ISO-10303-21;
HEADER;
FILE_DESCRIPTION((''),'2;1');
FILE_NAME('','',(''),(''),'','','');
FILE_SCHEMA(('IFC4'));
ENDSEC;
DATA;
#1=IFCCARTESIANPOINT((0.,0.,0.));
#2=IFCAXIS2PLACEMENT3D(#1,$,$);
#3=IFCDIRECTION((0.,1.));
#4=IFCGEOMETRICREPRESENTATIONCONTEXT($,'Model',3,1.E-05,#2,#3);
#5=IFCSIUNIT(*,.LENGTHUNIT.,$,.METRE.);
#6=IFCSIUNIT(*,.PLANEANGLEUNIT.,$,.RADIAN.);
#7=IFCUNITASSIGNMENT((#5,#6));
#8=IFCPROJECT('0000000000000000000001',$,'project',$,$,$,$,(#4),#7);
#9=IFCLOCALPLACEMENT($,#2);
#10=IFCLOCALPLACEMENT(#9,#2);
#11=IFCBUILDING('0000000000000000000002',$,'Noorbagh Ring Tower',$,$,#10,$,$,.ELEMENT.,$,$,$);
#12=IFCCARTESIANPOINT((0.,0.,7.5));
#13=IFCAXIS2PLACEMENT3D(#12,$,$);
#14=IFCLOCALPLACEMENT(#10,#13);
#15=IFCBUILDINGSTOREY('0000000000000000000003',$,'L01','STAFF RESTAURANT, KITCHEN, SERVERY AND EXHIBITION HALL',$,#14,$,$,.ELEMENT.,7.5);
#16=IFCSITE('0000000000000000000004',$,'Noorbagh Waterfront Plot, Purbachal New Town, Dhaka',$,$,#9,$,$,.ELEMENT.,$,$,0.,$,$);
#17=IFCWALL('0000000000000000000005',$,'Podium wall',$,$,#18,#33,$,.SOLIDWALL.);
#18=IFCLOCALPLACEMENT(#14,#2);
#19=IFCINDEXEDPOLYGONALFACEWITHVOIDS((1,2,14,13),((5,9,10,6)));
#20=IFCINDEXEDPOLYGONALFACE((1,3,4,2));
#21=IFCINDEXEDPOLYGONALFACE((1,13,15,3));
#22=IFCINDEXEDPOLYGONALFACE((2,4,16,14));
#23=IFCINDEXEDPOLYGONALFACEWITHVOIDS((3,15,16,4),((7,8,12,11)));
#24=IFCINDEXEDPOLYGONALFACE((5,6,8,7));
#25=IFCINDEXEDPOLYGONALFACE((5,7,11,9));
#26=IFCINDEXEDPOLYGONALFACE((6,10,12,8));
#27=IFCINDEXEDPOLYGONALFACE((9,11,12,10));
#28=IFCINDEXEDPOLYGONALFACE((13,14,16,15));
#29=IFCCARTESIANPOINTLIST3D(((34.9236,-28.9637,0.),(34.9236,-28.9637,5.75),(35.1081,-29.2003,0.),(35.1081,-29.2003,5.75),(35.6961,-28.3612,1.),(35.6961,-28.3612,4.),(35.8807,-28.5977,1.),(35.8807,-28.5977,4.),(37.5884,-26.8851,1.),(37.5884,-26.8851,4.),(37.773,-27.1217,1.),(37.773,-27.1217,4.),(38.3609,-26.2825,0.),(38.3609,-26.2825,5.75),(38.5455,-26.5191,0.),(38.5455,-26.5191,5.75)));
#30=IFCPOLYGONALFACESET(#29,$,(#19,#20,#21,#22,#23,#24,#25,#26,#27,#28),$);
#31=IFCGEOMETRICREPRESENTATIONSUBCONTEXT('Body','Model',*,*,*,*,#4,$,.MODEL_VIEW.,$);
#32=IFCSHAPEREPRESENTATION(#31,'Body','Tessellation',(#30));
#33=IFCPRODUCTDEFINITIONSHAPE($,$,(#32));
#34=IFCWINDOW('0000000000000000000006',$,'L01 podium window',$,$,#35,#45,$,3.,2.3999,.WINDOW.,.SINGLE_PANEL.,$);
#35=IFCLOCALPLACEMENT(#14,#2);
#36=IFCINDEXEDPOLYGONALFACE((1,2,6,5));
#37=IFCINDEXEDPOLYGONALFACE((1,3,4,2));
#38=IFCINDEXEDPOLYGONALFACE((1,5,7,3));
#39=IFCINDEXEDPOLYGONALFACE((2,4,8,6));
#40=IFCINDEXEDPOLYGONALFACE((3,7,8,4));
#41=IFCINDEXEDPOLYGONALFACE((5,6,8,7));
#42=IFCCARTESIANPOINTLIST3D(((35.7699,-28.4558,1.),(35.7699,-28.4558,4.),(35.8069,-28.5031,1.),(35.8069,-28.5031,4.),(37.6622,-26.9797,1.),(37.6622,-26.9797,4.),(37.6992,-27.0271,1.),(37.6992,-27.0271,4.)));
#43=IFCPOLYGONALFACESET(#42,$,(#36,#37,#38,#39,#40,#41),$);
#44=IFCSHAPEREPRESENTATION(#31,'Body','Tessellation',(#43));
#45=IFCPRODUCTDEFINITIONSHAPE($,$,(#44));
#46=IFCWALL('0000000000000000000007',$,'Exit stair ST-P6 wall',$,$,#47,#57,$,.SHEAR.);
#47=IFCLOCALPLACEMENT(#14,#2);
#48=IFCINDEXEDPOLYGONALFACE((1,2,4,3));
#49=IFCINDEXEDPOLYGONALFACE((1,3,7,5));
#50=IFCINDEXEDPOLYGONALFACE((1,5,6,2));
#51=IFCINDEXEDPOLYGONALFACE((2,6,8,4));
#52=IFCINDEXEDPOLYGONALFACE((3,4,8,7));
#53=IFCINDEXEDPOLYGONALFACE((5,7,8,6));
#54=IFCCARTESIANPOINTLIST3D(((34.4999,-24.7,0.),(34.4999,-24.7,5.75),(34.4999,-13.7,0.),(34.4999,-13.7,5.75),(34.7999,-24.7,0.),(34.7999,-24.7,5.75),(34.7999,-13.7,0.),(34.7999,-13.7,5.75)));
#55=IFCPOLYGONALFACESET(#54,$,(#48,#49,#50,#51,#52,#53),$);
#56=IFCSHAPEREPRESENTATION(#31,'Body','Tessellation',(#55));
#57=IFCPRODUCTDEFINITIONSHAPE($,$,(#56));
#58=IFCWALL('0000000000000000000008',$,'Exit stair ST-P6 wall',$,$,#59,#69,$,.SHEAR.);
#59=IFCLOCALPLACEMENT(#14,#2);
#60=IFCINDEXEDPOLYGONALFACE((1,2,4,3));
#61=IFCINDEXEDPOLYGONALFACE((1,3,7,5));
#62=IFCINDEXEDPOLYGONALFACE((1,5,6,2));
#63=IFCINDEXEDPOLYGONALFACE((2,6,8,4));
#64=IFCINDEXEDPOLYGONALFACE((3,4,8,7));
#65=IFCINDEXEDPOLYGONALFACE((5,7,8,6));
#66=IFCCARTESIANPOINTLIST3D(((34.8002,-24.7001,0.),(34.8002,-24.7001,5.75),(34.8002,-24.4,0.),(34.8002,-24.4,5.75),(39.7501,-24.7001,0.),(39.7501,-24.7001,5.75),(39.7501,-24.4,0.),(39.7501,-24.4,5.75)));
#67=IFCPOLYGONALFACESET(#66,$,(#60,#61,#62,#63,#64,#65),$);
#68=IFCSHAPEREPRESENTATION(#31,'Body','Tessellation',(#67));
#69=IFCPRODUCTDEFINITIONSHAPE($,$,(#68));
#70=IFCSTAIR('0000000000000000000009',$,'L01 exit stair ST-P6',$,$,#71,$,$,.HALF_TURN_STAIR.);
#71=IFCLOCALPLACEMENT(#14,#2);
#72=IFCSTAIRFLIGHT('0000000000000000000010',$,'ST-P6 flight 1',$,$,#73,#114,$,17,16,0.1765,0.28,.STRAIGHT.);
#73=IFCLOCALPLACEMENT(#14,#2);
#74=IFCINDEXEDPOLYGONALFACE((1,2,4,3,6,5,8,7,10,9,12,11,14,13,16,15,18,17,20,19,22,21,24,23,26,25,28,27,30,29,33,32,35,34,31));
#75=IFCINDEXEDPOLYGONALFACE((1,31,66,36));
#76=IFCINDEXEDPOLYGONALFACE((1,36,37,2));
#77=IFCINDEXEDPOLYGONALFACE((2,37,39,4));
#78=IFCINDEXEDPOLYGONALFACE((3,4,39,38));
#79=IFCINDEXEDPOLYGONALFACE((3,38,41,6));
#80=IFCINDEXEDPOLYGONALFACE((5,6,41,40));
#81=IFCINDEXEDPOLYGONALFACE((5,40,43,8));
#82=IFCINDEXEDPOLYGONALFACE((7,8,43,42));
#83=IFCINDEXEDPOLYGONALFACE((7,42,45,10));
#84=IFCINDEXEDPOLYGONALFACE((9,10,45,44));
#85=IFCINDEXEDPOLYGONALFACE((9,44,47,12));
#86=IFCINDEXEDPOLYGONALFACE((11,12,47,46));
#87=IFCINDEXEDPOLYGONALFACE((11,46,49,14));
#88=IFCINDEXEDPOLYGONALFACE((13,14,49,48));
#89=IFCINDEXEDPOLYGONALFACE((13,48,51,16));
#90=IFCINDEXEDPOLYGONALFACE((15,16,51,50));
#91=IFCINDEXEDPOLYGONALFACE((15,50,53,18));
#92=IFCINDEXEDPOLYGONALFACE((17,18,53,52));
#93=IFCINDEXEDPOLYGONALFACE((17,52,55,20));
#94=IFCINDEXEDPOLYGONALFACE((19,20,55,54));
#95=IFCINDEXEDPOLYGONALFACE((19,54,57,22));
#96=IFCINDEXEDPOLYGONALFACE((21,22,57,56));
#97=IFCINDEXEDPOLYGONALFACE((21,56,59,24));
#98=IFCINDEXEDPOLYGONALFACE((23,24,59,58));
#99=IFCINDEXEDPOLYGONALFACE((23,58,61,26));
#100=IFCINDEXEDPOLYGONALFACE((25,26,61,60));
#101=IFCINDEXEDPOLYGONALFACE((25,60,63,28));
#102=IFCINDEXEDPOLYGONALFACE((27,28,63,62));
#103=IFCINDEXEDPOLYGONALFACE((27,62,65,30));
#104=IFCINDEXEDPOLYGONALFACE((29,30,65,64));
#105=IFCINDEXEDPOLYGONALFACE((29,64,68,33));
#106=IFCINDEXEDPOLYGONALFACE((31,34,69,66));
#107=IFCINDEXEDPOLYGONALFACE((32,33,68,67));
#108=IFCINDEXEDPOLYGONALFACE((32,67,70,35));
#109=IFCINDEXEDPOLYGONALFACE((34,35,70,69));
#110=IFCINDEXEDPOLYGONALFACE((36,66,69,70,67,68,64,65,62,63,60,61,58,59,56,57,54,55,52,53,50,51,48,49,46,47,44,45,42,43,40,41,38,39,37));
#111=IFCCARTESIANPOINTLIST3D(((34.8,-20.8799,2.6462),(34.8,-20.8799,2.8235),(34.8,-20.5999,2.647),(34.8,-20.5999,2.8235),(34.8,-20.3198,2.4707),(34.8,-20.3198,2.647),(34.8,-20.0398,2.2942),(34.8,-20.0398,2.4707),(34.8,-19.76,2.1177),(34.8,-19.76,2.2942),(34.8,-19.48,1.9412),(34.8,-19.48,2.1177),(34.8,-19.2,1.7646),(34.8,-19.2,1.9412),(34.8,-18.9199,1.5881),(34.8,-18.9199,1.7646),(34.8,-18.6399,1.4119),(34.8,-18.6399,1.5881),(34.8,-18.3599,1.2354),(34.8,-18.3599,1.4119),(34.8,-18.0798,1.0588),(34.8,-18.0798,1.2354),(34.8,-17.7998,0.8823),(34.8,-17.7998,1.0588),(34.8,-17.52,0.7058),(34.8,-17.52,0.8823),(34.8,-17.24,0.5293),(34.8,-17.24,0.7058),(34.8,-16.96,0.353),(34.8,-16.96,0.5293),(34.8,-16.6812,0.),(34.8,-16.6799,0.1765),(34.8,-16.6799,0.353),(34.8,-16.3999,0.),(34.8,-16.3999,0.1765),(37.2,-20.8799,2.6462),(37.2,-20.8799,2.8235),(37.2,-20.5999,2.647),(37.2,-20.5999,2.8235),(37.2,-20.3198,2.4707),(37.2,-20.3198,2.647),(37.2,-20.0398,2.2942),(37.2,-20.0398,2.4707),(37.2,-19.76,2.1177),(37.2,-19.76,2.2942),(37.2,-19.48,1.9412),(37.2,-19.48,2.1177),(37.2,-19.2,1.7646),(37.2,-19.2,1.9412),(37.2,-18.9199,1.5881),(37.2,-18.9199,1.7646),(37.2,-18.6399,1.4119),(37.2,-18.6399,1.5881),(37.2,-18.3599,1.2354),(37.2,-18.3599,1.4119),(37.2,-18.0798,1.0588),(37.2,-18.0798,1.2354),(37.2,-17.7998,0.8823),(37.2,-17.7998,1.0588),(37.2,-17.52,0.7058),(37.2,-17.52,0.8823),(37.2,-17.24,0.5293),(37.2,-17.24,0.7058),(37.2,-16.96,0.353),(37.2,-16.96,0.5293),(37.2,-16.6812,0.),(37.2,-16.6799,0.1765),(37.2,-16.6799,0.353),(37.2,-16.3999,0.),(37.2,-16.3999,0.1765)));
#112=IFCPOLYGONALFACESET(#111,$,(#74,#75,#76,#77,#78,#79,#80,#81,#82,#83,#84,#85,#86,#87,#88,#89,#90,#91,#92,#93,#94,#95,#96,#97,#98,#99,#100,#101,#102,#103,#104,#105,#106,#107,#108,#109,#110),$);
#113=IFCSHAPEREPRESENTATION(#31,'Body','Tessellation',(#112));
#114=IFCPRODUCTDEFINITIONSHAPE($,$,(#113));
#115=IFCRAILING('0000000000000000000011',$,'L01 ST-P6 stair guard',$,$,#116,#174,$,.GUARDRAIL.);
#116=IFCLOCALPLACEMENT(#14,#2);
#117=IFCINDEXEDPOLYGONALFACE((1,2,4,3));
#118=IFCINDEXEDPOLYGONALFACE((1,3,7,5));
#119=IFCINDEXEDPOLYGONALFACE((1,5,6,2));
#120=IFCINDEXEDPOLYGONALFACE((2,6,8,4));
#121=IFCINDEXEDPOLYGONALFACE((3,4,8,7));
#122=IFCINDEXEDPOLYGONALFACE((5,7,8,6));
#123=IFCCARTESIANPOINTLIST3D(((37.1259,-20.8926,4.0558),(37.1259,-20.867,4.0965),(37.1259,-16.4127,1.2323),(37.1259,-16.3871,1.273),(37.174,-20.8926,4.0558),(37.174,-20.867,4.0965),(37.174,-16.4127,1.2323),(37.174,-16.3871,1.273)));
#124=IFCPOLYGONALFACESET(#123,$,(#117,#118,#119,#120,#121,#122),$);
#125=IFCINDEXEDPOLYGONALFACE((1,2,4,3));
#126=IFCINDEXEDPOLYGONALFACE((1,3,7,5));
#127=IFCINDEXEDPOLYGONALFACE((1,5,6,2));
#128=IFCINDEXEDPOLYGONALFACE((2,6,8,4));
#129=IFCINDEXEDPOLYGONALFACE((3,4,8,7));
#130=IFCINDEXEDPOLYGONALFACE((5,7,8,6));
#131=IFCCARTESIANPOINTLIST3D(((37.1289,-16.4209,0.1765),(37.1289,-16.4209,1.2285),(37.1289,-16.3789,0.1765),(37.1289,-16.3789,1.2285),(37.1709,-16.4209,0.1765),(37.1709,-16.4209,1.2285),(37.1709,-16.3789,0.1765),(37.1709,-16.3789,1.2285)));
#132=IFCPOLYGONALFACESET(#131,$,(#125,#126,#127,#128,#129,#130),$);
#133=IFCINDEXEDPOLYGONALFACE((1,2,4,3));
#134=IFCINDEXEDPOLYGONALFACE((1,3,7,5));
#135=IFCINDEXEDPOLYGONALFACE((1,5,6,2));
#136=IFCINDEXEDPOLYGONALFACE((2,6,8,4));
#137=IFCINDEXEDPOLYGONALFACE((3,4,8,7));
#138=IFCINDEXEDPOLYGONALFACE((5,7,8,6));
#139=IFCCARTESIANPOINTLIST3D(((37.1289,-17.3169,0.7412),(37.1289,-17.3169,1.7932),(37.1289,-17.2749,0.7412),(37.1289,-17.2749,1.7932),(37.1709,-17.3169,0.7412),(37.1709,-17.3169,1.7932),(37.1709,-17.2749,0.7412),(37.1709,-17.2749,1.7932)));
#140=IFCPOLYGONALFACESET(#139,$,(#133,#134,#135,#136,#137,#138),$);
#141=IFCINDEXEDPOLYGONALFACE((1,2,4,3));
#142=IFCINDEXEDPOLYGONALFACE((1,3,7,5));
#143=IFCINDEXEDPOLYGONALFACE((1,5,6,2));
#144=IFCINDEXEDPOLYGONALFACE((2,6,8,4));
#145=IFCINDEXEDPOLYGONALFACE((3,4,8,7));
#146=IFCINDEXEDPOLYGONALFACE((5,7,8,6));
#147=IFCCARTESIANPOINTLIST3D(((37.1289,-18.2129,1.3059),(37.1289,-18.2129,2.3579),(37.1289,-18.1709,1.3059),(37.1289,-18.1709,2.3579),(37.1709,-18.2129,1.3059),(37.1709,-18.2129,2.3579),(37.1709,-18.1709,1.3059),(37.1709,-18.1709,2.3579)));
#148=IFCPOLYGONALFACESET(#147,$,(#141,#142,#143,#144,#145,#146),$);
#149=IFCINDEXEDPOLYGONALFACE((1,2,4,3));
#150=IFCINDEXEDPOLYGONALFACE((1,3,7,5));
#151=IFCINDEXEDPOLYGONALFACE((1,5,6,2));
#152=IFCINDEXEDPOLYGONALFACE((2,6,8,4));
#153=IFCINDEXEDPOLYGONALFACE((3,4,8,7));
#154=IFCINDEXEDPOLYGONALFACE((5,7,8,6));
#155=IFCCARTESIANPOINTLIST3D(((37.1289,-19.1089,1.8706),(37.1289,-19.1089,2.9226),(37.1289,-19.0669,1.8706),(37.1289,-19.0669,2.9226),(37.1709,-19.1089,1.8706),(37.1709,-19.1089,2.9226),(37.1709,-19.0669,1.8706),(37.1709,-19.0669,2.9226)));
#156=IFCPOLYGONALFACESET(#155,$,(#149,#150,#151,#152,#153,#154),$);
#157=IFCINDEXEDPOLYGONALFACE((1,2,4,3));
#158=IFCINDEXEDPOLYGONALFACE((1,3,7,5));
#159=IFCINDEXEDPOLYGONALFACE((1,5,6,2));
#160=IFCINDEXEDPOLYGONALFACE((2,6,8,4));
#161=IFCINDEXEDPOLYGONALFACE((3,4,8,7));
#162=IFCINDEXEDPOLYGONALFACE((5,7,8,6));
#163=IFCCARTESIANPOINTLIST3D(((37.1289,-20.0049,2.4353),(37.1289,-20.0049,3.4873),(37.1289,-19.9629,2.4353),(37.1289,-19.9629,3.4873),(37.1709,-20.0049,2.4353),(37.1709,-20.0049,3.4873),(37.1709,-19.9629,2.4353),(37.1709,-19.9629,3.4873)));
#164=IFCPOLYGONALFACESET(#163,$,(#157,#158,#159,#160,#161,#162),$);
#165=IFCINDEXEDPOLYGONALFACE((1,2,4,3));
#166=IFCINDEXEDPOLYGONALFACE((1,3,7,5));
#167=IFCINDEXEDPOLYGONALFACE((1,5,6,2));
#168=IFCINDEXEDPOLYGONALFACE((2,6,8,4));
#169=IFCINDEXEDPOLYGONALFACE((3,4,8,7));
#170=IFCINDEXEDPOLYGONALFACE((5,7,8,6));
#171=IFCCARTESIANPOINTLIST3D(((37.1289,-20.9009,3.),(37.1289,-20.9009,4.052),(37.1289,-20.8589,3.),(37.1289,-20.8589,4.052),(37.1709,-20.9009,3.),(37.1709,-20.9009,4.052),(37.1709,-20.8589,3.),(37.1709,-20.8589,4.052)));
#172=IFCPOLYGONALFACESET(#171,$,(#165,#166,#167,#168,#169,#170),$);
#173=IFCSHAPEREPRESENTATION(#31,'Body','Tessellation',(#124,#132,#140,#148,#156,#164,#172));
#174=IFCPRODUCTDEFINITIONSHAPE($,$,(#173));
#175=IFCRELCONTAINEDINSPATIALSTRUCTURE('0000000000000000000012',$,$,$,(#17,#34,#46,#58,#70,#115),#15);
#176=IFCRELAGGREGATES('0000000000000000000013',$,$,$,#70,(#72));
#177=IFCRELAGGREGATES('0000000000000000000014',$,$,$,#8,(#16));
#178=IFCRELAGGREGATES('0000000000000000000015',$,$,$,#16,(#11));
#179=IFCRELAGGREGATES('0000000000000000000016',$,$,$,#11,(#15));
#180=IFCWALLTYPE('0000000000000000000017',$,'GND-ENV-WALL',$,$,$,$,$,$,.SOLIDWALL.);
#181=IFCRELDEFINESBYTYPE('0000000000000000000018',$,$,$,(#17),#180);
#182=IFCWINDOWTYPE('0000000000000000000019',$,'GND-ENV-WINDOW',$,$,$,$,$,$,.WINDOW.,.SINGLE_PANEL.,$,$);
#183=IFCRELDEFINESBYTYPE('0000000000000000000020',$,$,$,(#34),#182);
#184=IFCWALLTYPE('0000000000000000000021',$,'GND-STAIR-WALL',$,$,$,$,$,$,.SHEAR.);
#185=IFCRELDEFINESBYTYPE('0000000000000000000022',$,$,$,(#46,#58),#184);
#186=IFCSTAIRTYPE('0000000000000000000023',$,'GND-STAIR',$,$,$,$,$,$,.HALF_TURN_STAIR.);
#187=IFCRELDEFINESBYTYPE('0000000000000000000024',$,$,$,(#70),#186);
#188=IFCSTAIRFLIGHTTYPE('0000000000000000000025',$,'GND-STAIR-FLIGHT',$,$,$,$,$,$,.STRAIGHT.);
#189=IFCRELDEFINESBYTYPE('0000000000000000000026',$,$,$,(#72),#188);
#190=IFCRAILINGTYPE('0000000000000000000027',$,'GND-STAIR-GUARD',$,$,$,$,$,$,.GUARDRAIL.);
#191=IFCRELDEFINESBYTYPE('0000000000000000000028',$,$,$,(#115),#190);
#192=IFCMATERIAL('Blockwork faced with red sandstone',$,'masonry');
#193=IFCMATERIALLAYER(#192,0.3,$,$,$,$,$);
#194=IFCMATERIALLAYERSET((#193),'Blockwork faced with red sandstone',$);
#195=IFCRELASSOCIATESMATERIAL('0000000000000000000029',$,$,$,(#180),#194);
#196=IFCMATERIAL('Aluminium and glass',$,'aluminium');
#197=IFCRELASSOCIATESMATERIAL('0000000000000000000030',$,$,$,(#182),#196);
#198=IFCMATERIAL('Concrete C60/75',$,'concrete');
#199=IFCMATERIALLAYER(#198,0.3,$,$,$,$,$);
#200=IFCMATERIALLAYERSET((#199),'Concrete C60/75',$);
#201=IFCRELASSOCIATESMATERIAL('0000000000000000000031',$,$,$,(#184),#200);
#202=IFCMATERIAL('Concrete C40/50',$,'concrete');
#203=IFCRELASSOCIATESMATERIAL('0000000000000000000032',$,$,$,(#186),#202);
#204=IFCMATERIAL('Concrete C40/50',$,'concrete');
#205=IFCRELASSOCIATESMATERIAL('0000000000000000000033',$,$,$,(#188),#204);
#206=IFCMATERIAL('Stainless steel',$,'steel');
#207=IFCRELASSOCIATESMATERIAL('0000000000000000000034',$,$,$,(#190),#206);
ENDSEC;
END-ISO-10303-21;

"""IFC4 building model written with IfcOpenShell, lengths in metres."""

from ifc_helpers import new_model, si_unit, direction, frame, frame_2d, origin, origin_2d, place, context, subcontext, project, spatial, polyline, rectangle, outline, extrude, material, layer, layer_set, type_object, element, fill, aggregate, save


model = new_model("IFC4")

# Units and contexts
model_context = context("Model", 3, precision=1e-05, world=origin(), true_north=direction((0.0, 1.0)))
body_context = subcontext(model_context, "Body", "Model", "MODEL_VIEW")
ifc_project = project(units=[si_unit("LENGTHUNIT", "METRE"), si_unit("PLANEANGLEUNIT", "RADIAN")], contexts=[model_context])

# Site, building, storey
site_placement = place(None, origin())
site = spatial("IfcSite", under=ifc_project, at=site_placement, Name="Noorbagh Waterfront Plot, Purbachal New Town, Dhaka", CompositionType="ELEMENT", RefElevation=0.0)
building_placement = place(site_placement, origin())
building = spatial("IfcBuilding", under=site, at=building_placement, Name="Noorbagh Ring Tower", CompositionType="ELEMENT")
storey_placement = place(building_placement, frame((0.0, 0.0, 7.5)))
storey = spatial("IfcBuildingStorey", under=building, at=storey_placement, Name="L01", Description="STAFF RESTAURANT, KITCHEN, SERVERY AND EXHIBITION HALL", CompositionType="ELEMENT", Elevation=7.5)

# Wall, opening, window
ifc_material_1 = material(Name="Blockwork faced with red sandstone", Category="masonry")
ifc_layer_1 = layer(ifc_material_1, 0.3)
ifc_layer_set_1 = layer_set([ifc_layer_1], Name="Blockwork faced with red sandstone")
wall_type_1 = type_object("IfcWallType", Name="GND-ENV-WALL", PredefinedType="SOLIDWALL", material=ifc_layer_set_1)
ifc_material_2 = material(Name="Aluminium and glass", Category="aluminium")
window_type = type_object("IfcWindowType", Name="GND-ENV-WINDOW", PartitioningType="SINGLE_PANEL", PredefinedType="WINDOW", material=ifc_material_2)
wall_1_placement = place(storey_placement, frame((35.0159, -29.082, 0.0), z_axis=(0.0, 0.0, 1.0), x_axis=(0.788492, 0.615045, 0.0)))
wall_1 = element("IfcWall", 1, at=wall_1_placement, inside=storey, type_object=wall_type_1, Name="Podium wall", PredefinedType="SOLIDWALL", context=body_context, shape_type="SweptSolid", body=[
    extrude(rectangle(XDim=4.3594, YDim=0.3, at=frame_2d((2.1797, 0.0))), origin(), (0.0, 0.0, 1.0), 5.75),
])
opening_1_placement = place(wall_1_placement, frame((0.9797, 0.0, 1.0)))
opening_1 = element("IfcOpeningElement", 2, at=opening_1_placement, cuts=wall_1, PredefinedType="OPENING", context=body_context, shape_type="SweptSolid", body=[
    extrude(rectangle(XDim=2.3999, YDim=3.0, at=frame_2d((1.2, 1.5))), frame((0.0, 0.1602, 0.0), z_axis=(0.0, -1.0, 0.0), x_axis=(1.0, 0.0, 0.0)), (0.0, 0.0, 1.0), 0.3201),
])
window_1_placement = place(opening_1_placement, origin())
window_1 = element("IfcWindow", 3, at=window_1_placement, inside=storey, type_object=window_type, Name="L01 podium window", OverallHeight=3.0, OverallWidth=2.3999, PartitioningType="SINGLE_PANEL", PredefinedType="WINDOW", context=body_context, shape_type="SweptSolid", body=[
    extrude(rectangle(XDim=2.3999, YDim=3.0, at=frame_2d((1.2, 1.5))), frame((0.0, 0.03, 0.0), z_axis=(0.0, -1.0, 0.0), x_axis=(1.0, 0.0, 0.0)), (0.0, 0.0, 1.0), 0.0601),
])
fill(opening_1, window_1)

# Walls
ifc_material_3 = material(Name="Concrete C60/75", Category="concrete")
ifc_layer_2 = layer(ifc_material_3, 0.3)
ifc_layer_set_2 = layer_set([ifc_layer_2], Name="Concrete C60/75")
wall_type_2 = type_object("IfcWallType", Name="GND-STAIR-WALL", PredefinedType="SHEAR", material=ifc_layer_set_2)
wall_2_placement = place(storey_placement, frame((34.6499, -24.7, 0.0), z_axis=(0.0, 0.0, 1.0), x_axis=(0.0, 1.0, 0.0)))
element("IfcWall", 4, at=wall_2_placement, inside=storey, type_object=wall_type_2, Name="Exit stair ST-P6 wall", PredefinedType="SHEAR", context=body_context, shape_type="SweptSolid", body=[
    extrude(rectangle(XDim=11.0, YDim=0.3, at=frame_2d((5.5, 0.0))), origin(), (0.0, 0.0, 1.0), 5.75),
])
wall_3_placement = place(storey_placement, frame((34.8, -24.55, 0.0), z_axis=(0.0, 0.0, 1.0), x_axis=(1.0, 0.0, 0.0)))
element("IfcWall", 5, at=wall_3_placement, inside=storey, type_object=wall_type_2, Name="Exit stair ST-P6 wall", PredefinedType="SHEAR", context=body_context, shape_type="SweptSolid", body=[
    extrude(rectangle(XDim=4.95, YDim=0.3, at=frame_2d((2.4751, 0.0))), origin(), (0.0, 0.0, 1.0), 5.75),
])

# Stair, stair flight
ifc_material_4 = material(Name="Concrete C40/50", Category="concrete")
stair_type = type_object("IfcStairType", Name="GND-STAIR", PredefinedType="HALF_TURN_STAIR", material=ifc_material_4)
stair_placement = place(storey_placement, origin())
stair = element("IfcStair", 6, at=stair_placement, inside=storey, type_object=stair_type, Name="L01 exit stair ST-P6", PredefinedType="HALF_TURN_STAIR")
ifc_material_5 = material(Name="Concrete C40/50", Category="concrete")
stair_flight_type = type_object("IfcStairFlightType", Name="GND-STAIR-FLIGHT", PredefinedType="STRAIGHT", material=ifc_material_5)
stair_flight_placement = place(storey_placement, frame((36.0, -16.3999, 0.0), z_axis=(0.0, 0.0, 1.0), x_axis=(0.0, -1.0, 0.0)))
stair_flight = element("IfcStairFlight", 7, at=stair_flight_placement, type_object=stair_flight_type, Name="ST-P6 flight 1", NumberOfRisers=17, NumberOfTreads=16, PredefinedType="STRAIGHT", RiserHeight=0.1765, TreadLength=0.28, context=body_context, shape_type="SweptSolid", body=[
    extrude(outline(polyline([(0.0, 0.0), (0.0, 0.1765), (0.28, 0.1765), (0.28, 0.353), (0.5601, 0.353), (0.5601, 0.5293), (0.8401, 0.5293), (0.8401, 0.7058), (1.1201, 0.7058), (1.1201, 0.8823), (1.3999, 0.8823), (1.3999, 1.0588), (1.6799, 1.0588), (1.6799, 1.2354), (1.96, 1.2354), (1.96, 1.4119), (2.24, 1.4119), (2.24, 1.5881), (2.52, 1.5881), (2.52, 1.7646), (2.8, 1.7646), (2.8, 1.9412), (3.0801, 1.9412), (3.0801, 2.1177), (3.3601, 2.1177), (3.3601, 2.2942), (3.6399, 2.2942), (3.6399, 2.4707), (3.9199, 2.4707), (3.9199, 2.647), (4.2, 2.647), (4.2, 2.8235), (4.48, 2.8235), (4.48, 3.0), (4.48, 2.6462), (0.2812, 0.0), (0.0, 0.0)])), frame((0.0, 1.2, 0.0), z_axis=(0.0, -1.0, 0.0), x_axis=(1.0, 0.0, 0.0)), (0.0, 0.0, 1.0), 2.3999),
])
aggregate(stair, [stair_flight])

# Railing
ifc_material_6 = material(Name="Stainless steel", Category="steel")
railing_type_1 = type_object("IfcRailingType", Name="GND-STAIR-GUARD", PredefinedType="GUARDRAIL", material=ifc_material_6)
railing_1_placement = place(storey_placement, frame((37.1499, -16.3999, 0.1765)))
element("IfcRailing", 8, at=railing_1_placement, inside=storey, type_object=railing_type_1, Name="L01 ST-P6 stair guard", PredefinedType="GUARDRAIL", context=body_context, shape_type="SweptSolid", body=[
    extrude(rectangle(XDim=0.0481, YDim=0.0481, at=origin_2d()), frame((0.0, 0.0, 1.0762), z_axis=(0.0, -0.845998, 0.533186), x_axis=(1.0, 0.0, 0.0)), (0.0, 0.0, 1.0), 5.2954),
    extrude(rectangle(XDim=0.042, YDim=0.042, at=origin_2d()), origin(), (0.0, 0.0, 1.0), 1.052),
    extrude(rectangle(XDim=0.042, YDim=0.042, at=origin_2d()), frame((0.0, -0.896, 0.5647)), (0.0, 0.0, 1.0), 1.052),
    extrude(rectangle(XDim=0.042, YDim=0.042, at=origin_2d()), frame((0.0, -1.792, 1.1294)), (0.0, 0.0, 1.0), 1.052),
    extrude(rectangle(XDim=0.042, YDim=0.042, at=origin_2d()), frame((0.0, -2.688, 1.6941)), (0.0, 0.0, 1.0), 1.052),
    extrude(rectangle(XDim=0.042, YDim=0.042, at=origin_2d()), frame((0.0, -3.584, 2.2588)), (0.0, 0.0, 1.0), 1.052),
    extrude(rectangle(XDim=0.042, YDim=0.042, at=origin_2d()), frame((0.0, -4.48, 2.8235)), (0.0, 0.0, 1.0), 1.052),
])

save(model, "model.ifc")
